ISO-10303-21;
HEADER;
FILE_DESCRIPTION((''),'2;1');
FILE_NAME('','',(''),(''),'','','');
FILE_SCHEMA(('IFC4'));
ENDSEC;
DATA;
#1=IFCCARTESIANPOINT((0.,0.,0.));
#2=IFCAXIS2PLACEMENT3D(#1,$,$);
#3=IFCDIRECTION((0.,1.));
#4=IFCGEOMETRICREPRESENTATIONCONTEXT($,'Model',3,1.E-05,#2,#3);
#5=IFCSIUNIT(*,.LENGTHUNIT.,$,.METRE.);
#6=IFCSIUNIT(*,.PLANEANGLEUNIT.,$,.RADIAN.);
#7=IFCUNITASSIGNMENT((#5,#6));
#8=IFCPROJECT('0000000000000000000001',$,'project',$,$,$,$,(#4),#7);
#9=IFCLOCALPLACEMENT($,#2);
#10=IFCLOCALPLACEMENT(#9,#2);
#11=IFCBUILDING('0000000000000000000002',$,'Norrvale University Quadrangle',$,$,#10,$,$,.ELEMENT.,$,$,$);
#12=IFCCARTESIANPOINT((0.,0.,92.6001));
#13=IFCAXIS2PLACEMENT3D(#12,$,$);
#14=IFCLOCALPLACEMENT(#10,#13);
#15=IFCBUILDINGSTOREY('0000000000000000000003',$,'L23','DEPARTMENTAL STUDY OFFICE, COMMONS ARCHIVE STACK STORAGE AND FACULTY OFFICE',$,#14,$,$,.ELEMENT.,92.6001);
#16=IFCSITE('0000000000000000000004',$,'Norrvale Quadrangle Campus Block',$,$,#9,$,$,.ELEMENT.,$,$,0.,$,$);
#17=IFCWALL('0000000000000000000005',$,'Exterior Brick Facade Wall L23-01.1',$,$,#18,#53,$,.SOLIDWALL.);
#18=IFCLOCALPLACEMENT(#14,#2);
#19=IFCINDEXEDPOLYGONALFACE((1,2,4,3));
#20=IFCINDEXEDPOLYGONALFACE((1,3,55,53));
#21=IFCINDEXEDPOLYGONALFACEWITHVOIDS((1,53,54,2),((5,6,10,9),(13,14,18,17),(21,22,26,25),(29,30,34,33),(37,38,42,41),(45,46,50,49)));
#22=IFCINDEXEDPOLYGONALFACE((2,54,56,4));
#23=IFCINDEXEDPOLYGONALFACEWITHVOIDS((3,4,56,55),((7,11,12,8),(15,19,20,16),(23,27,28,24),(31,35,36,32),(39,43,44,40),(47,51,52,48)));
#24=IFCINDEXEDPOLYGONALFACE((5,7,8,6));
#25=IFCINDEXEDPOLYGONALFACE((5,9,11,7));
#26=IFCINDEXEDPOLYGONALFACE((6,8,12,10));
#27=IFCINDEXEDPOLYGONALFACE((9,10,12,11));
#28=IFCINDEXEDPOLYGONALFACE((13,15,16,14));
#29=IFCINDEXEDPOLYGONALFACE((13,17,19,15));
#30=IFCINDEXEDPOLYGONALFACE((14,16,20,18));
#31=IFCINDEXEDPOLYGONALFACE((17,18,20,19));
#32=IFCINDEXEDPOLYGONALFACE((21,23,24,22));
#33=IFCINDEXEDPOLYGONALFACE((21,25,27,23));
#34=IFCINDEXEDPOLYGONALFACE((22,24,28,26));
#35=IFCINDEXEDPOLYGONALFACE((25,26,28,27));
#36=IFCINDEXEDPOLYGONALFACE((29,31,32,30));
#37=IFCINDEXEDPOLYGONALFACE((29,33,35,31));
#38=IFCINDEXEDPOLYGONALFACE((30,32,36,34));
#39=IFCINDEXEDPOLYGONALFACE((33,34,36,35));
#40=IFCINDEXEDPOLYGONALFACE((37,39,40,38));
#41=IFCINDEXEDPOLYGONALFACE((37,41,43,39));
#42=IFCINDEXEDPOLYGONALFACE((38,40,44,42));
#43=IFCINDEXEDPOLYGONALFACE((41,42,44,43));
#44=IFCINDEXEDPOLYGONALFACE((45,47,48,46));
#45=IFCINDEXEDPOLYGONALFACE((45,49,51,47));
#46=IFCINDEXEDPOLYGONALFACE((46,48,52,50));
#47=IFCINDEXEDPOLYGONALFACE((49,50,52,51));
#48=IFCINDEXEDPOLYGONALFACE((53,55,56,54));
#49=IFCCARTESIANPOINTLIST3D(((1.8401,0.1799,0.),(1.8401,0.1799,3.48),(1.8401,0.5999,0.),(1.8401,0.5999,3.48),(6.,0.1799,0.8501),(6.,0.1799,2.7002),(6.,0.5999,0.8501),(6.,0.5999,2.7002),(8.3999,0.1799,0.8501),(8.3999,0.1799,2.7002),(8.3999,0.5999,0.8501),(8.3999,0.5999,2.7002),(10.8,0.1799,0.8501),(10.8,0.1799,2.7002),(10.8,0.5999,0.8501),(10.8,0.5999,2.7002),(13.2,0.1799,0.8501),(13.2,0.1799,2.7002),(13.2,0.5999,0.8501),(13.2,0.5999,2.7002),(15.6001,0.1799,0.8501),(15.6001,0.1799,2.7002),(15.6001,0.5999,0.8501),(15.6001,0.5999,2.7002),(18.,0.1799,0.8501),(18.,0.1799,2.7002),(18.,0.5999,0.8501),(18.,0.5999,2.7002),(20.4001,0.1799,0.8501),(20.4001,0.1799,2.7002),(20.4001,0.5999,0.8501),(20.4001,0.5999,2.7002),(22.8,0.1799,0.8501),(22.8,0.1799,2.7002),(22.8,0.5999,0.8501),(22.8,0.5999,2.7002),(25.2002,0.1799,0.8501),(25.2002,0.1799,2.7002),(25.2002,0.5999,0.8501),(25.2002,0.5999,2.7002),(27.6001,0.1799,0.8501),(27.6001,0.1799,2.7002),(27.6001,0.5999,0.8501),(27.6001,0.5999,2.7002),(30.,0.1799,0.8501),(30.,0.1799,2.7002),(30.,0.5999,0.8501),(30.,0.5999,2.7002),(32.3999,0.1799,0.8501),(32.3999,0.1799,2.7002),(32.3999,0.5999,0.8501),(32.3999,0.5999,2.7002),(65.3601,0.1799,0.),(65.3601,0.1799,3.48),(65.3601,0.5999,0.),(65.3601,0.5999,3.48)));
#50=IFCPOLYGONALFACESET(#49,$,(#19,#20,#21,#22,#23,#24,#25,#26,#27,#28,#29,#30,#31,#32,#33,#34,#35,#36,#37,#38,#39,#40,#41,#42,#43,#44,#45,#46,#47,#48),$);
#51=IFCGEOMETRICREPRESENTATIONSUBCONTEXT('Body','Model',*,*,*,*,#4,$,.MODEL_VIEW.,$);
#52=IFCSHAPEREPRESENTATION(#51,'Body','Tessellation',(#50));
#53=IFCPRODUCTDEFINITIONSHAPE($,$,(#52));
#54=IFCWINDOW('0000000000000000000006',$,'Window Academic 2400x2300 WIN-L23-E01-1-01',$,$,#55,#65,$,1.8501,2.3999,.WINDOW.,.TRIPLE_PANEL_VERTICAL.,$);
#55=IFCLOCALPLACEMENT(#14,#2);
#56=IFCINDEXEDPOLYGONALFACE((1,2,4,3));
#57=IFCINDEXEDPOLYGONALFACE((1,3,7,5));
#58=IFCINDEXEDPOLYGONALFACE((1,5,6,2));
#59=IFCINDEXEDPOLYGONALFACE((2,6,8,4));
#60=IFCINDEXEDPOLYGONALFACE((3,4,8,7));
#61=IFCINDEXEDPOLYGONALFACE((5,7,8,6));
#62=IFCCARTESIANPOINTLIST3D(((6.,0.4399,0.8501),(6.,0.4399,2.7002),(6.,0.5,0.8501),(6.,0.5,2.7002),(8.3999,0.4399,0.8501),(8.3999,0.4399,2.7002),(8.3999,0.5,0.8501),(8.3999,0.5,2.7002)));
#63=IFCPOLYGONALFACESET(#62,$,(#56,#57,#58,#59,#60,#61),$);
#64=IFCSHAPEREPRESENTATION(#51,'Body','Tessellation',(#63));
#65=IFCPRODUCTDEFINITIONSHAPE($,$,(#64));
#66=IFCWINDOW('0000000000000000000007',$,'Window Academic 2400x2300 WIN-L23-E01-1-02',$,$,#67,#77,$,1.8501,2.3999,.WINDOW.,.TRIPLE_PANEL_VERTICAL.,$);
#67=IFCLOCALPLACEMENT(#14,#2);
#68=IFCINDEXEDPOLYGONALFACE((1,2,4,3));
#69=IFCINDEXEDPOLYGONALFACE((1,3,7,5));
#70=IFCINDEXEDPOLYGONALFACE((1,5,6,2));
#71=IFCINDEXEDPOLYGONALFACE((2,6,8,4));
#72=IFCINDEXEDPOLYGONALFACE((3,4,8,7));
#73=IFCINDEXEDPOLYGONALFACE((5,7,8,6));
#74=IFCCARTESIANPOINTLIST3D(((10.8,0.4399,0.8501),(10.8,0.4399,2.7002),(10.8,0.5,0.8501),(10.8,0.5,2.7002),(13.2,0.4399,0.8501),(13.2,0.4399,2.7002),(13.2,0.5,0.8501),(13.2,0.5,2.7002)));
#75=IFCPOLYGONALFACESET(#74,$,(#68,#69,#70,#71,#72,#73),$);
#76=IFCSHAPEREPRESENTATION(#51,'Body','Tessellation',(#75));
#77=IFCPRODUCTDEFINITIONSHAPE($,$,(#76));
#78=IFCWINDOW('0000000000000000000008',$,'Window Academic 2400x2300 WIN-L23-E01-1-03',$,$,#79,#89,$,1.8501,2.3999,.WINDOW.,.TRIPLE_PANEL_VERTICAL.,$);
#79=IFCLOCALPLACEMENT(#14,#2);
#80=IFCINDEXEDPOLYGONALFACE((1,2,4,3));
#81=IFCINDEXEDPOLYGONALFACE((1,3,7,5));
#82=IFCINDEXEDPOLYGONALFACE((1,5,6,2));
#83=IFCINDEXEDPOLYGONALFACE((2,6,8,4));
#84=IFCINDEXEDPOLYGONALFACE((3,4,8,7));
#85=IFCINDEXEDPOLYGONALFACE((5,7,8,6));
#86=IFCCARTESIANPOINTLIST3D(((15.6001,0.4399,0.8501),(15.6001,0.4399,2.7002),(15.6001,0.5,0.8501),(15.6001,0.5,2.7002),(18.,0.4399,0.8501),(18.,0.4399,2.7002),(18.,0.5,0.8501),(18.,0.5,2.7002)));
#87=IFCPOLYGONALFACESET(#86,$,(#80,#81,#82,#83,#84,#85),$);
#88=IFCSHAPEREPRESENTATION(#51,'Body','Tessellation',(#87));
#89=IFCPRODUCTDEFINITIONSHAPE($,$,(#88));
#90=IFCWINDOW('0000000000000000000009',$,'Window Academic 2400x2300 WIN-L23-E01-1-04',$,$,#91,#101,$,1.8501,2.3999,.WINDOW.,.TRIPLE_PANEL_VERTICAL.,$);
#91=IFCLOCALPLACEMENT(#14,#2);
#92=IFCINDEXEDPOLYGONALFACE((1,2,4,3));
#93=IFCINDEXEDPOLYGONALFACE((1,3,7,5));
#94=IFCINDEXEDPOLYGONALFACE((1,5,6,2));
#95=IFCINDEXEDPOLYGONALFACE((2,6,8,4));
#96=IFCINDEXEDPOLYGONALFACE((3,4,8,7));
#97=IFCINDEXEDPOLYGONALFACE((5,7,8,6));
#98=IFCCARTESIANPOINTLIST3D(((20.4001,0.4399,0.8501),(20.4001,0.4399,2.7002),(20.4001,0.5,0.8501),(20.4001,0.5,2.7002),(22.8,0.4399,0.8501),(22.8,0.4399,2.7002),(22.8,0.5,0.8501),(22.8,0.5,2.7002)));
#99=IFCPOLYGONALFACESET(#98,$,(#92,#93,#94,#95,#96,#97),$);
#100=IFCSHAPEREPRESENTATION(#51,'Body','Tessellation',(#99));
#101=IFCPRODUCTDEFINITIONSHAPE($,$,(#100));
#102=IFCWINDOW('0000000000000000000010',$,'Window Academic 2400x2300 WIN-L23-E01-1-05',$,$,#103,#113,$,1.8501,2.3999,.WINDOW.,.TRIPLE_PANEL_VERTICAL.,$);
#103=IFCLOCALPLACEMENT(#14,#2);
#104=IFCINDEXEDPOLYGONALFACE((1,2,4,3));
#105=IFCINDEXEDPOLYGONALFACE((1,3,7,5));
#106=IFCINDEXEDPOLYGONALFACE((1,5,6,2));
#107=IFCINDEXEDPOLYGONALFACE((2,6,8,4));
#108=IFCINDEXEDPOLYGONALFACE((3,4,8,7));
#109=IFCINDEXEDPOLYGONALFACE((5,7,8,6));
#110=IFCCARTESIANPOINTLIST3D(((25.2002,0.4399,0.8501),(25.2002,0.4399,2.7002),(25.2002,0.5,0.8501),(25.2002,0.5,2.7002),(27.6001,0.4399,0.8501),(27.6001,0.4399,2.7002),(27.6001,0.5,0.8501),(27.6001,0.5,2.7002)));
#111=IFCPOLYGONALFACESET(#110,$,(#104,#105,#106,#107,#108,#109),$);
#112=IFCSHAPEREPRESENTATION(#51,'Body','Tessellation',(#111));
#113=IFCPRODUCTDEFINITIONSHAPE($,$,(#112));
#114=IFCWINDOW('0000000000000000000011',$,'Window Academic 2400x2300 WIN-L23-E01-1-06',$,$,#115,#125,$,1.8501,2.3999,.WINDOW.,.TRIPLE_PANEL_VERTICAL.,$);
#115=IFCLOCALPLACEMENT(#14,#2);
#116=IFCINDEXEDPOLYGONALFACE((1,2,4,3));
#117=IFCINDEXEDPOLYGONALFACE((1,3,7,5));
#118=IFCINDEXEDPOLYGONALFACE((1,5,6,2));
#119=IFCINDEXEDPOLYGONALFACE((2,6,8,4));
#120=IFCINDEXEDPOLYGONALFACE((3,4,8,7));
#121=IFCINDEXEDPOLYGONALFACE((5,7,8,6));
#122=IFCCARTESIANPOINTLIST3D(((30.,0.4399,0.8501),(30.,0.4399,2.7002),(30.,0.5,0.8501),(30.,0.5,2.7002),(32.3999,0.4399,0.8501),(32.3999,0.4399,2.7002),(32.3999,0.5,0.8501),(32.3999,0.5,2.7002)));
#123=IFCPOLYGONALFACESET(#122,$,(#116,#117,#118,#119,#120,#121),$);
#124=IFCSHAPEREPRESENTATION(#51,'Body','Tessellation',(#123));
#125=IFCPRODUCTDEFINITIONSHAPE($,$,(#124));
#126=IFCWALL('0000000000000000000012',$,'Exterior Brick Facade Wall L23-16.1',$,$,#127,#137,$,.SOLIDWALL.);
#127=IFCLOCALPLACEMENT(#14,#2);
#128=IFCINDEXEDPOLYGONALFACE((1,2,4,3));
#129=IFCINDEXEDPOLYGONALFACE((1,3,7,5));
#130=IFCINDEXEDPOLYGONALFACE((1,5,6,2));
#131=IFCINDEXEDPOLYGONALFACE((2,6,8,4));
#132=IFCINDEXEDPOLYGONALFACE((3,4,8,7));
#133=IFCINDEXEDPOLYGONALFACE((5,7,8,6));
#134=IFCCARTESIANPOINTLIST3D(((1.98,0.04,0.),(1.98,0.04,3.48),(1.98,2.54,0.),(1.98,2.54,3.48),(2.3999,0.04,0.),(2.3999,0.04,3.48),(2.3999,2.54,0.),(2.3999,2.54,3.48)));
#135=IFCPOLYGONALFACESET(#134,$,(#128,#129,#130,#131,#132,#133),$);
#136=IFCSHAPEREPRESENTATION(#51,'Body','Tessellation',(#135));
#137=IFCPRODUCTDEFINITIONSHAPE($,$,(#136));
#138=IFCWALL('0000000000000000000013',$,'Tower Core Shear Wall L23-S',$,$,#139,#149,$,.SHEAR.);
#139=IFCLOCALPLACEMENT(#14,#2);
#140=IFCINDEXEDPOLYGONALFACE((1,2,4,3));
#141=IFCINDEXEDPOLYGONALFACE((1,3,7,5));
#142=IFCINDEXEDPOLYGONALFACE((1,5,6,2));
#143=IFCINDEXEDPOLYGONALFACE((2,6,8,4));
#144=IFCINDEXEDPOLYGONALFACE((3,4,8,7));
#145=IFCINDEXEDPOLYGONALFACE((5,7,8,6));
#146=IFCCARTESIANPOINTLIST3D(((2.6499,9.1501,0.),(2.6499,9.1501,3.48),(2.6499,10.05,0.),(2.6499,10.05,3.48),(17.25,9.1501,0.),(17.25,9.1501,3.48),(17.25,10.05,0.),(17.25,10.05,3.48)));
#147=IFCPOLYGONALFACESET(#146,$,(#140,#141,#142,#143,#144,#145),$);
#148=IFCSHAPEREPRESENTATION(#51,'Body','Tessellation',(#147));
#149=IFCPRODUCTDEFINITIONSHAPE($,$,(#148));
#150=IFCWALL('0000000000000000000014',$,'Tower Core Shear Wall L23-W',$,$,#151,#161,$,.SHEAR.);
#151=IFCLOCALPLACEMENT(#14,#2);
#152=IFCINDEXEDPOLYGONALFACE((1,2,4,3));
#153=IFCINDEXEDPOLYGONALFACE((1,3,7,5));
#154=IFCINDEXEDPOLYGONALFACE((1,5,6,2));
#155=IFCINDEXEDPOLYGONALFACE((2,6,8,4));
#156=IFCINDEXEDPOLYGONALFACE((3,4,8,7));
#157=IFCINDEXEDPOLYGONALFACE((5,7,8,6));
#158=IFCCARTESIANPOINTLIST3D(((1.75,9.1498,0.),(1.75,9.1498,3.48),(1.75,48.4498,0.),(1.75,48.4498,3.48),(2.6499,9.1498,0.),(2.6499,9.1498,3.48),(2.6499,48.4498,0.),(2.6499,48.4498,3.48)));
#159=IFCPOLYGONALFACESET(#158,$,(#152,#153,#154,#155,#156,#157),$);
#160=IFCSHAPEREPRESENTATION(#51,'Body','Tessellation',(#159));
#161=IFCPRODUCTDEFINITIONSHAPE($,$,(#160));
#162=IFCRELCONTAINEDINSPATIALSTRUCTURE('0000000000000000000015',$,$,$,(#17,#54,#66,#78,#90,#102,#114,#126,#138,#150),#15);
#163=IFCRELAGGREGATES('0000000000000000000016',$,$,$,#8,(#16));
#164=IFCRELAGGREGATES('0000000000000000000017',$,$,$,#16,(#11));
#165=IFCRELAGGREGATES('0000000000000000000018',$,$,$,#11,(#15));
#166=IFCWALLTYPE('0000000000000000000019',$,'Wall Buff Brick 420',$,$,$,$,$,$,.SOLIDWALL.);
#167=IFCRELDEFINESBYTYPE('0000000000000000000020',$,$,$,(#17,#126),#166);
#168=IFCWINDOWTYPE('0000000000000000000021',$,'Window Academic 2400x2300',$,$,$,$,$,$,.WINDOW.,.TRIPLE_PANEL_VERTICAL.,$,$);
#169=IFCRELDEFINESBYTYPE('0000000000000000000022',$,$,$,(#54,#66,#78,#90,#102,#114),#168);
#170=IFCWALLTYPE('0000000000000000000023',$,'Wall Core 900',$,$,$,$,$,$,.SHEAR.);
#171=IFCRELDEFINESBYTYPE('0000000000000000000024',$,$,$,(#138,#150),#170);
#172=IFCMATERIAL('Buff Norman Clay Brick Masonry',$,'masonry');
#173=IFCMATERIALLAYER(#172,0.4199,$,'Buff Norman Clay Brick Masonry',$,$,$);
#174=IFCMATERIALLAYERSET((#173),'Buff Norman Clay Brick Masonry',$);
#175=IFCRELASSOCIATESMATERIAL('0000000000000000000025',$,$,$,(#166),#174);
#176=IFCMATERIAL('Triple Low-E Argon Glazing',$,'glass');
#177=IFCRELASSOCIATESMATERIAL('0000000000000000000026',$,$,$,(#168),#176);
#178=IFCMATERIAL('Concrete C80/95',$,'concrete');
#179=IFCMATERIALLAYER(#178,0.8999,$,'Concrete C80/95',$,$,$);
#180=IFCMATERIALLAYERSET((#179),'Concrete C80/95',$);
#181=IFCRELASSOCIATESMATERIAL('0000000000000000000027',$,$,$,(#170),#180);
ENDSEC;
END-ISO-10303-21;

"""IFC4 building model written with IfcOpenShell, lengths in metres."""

from ifc_helpers import new_model, si_unit, direction, frame, frame_2d, origin, place, context, subcontext, project, spatial, rectangle, extrude, material, layer, layer_set, type_object, element, fill, save


model = new_model("IFC4")

# Units and contexts
model_context = context("Model", 3, precision=1e-05, world=origin(), true_north=direction((0.0, 1.0)))
body_context = subcontext(model_context, "Body", "Model", "MODEL_VIEW")
ifc_project = project(units=[si_unit("LENGTHUNIT", "METRE"), si_unit("PLANEANGLEUNIT", "RADIAN")], contexts=[model_context])

# Site, building, storey
site_placement = place(None, origin())
site = spatial("IfcSite", under=ifc_project, at=site_placement, Name="Norrvale Quadrangle Campus Block", CompositionType="ELEMENT", RefElevation=0.0)
building_placement = place(site_placement, origin())
building = spatial("IfcBuilding", under=site, at=building_placement, Name="Norrvale University Quadrangle", CompositionType="ELEMENT")
storey_placement = place(building_placement, frame((0.0, 0.0, 92.6001)))
storey = spatial("IfcBuildingStorey", under=building, at=storey_placement, Name="L23", Description="DEPARTMENTAL STUDY OFFICE, COMMONS ARCHIVE STACK STORAGE AND FACULTY OFFICE", CompositionType="ELEMENT", Elevation=92.6001)

# Shared definitions
ifc_material_1 = material(Name="Concrete C80/95", Category="concrete")

# Wall, openings, windows
ifc_material_2 = material(Name="Buff Norman Clay Brick Masonry", Category="masonry")
ifc_layer_1 = layer(ifc_material_2, 0.4199, Name="Buff Norman Clay Brick Masonry")
ifc_layer_set_1 = layer_set([ifc_layer_1], Name="Buff Norman Clay Brick Masonry")
wall_type_1 = type_object("IfcWallType", Name="Wall Buff Brick 420", PredefinedType="SOLIDWALL", material=ifc_layer_set_1)
wall_1_placement = place(storey_placement, frame((1.8401, 0.3899, 0.0), z_axis=(0.0, 0.0, 1.0), x_axis=(1.0, 0.0, 0.0)))
wall_1 = element("IfcWall", 1, at=wall_1_placement, inside=storey, type_object=wall_type_1, Name="Exterior Brick Facade Wall L23-01.1", PredefinedType="SOLIDWALL", context=body_context, shape_type="SweptSolid", body=[
    extrude(rectangle(XDim=63.52, YDim=0.4199, at=frame_2d((31.76, 0.0))), origin(), (0.0, 0.0, 1.0), 3.48),
])
opening_1_placement = place(wall_1_placement, frame((4.1599, 0.0, 0.8501)))
opening_1 = element("IfcOpeningElement", 2, at=opening_1_placement, cuts=wall_1, PredefinedType="OPENING", context=body_context, shape_type="SweptSolid", body=[
    extrude(rectangle(XDim=2.3999, YDim=1.8501, at=frame_2d((1.2, 0.925))), frame((0.0, 0.2219, 0.0), z_axis=(0.0, -1.0, 0.0), x_axis=(1.0, 0.0, 0.0)), (0.0, 0.0, 1.0), 0.4438),
])
opening_2_placement = place(wall_1_placement, frame((8.96, 0.0, 0.8501)))
opening_2 = element("IfcOpeningElement", 3, at=opening_2_placement, cuts=wall_1, PredefinedType="OPENING", context=body_context, shape_type="SweptSolid", body=[
    extrude(rectangle(XDim=2.3999, YDim=1.8501, at=frame_2d((1.2, 0.925))), frame((0.0, 0.2219, 0.0), z_axis=(0.0, -1.0, 0.0), x_axis=(1.0, 0.0, 0.0)), (0.0, 0.0, 1.0), 0.4438),
])
opening_3_placement = place(wall_1_placement, frame((13.76, 0.0, 0.8501)))
opening_3 = element("IfcOpeningElement", 4, at=opening_3_placement, cuts=wall_1, PredefinedType="OPENING", context=body_context, shape_type="SweptSolid", body=[
    extrude(rectangle(XDim=2.3999, YDim=1.8501, at=frame_2d((1.2, 0.925))), frame((0.0, 0.2219, 0.0), z_axis=(0.0, -1.0, 0.0), x_axis=(1.0, 0.0, 0.0)), (0.0, 0.0, 1.0), 0.4438),
])
opening_4_placement = place(wall_1_placement, frame((18.5601, 0.0, 0.8501)))
opening_4 = element("IfcOpeningElement", 5, at=opening_4_placement, cuts=wall_1, PredefinedType="OPENING", context=body_context, shape_type="SweptSolid", body=[
    extrude(rectangle(XDim=2.3999, YDim=1.8501, at=frame_2d((1.2, 0.925))), frame((0.0, 0.2219, 0.0), z_axis=(0.0, -1.0, 0.0), x_axis=(1.0, 0.0, 0.0)), (0.0, 0.0, 1.0), 0.4438),
])
opening_5_placement = place(wall_1_placement, frame((23.3601, 0.0, 0.8501)))
opening_5 = element("IfcOpeningElement", 6, at=opening_5_placement, cuts=wall_1, PredefinedType="OPENING", context=body_context, shape_type="SweptSolid", body=[
    extrude(rectangle(XDim=2.3999, YDim=1.8501, at=frame_2d((1.2, 0.925))), frame((0.0, 0.2219, 0.0), z_axis=(0.0, -1.0, 0.0), x_axis=(1.0, 0.0, 0.0)), (0.0, 0.0, 1.0), 0.4438),
])
opening_6_placement = place(wall_1_placement, frame((28.1599, 0.0, 0.8501)))
opening_6 = element("IfcOpeningElement", 7, at=opening_6_placement, cuts=wall_1, PredefinedType="OPENING", context=body_context, shape_type="SweptSolid", body=[
    extrude(rectangle(XDim=2.3999, YDim=1.8501, at=frame_2d((1.2, 0.925))), frame((0.0, 0.2219, 0.0), z_axis=(0.0, -1.0, 0.0), x_axis=(1.0, 0.0, 0.0)), (0.0, 0.0, 1.0), 0.4438),
])
ifc_material_3 = material(Name="Triple Low-E Argon Glazing", Category="glass")
window_type = type_object("IfcWindowType", Name="Window Academic 2400x2300", PartitioningType="TRIPLE_PANEL_VERTICAL", PredefinedType="WINDOW", material=ifc_material_3)
window_1_placement = place(opening_1_placement, origin())
window_1 = element("IfcWindow", 8, at=window_1_placement, inside=storey, type_object=window_type, Name="Window Academic 2400x2300 WIN-L23-E01-1-01", OverallHeight=1.8501, OverallWidth=2.3999, PartitioningType="TRIPLE_PANEL_VERTICAL", PredefinedType="WINDOW", context=body_context, shape_type="SweptSolid", body=[
    extrude(rectangle(XDim=2.3999, YDim=1.8501, at=frame_2d((1.2, 0.925))), frame((0.0, 0.1101, 0.0), z_axis=(0.0, -1.0, 0.0), x_axis=(1.0, 0.0, 0.0)), (0.0, 0.0, 1.0), 0.0601),
])
fill(opening_1, window_1)
window_2_placement = place(opening_2_placement, origin())
window_2 = element("IfcWindow", 9, at=window_2_placement, inside=storey, type_object=window_type, Name="Window Academic 2400x2300 WIN-L23-E01-1-02", OverallHeight=1.8501, OverallWidth=2.3999, PartitioningType="TRIPLE_PANEL_VERTICAL", PredefinedType="WINDOW", context=body_context, shape_type="SweptSolid", body=[
    extrude(rectangle(XDim=2.3999, YDim=1.8501, at=frame_2d((1.2, 0.925))), frame((0.0, 0.1101, 0.0), z_axis=(0.0, -1.0, 0.0), x_axis=(1.0, 0.0, 0.0)), (0.0, 0.0, 1.0), 0.0601),
])
fill(opening_2, window_2)
window_3_placement = place(opening_3_placement, origin())
window_3 = element("IfcWindow", 10, at=window_3_placement, inside=storey, type_object=window_type, Name="Window Academic 2400x2300 WIN-L23-E01-1-03", OverallHeight=1.8501, OverallWidth=2.3999, PartitioningType="TRIPLE_PANEL_VERTICAL", PredefinedType="WINDOW", context=body_context, shape_type="SweptSolid", body=[
    extrude(rectangle(XDim=2.3999, YDim=1.8501, at=frame_2d((1.2, 0.925))), frame((0.0, 0.1101, 0.0), z_axis=(0.0, -1.0, 0.0), x_axis=(1.0, 0.0, 0.0)), (0.0, 0.0, 1.0), 0.0601),
])
fill(opening_3, window_3)
window_4_placement = place(opening_4_placement, origin())
window_4 = element("IfcWindow", 11, at=window_4_placement, inside=storey, type_object=window_type, Name="Window Academic 2400x2300 WIN-L23-E01-1-04", OverallHeight=1.8501, OverallWidth=2.3999, PartitioningType="TRIPLE_PANEL_VERTICAL", PredefinedType="WINDOW", context=body_context, shape_type="SweptSolid", body=[
    extrude(rectangle(XDim=2.3999, YDim=1.8501, at=frame_2d((1.2, 0.925))), frame((0.0, 0.1101, 0.0), z_axis=(0.0, -1.0, 0.0), x_axis=(1.0, 0.0, 0.0)), (0.0, 0.0, 1.0), 0.0601),
])
fill(opening_4, window_4)
window_5_placement = place(opening_5_placement, origin())
window_5 = element("IfcWindow", 12, at=window_5_placement, inside=storey, type_object=window_type, Name="Window Academic 2400x2300 WIN-L23-E01-1-05", OverallHeight=1.8501, OverallWidth=2.3999, PartitioningType="TRIPLE_PANEL_VERTICAL", PredefinedType="WINDOW", context=body_context, shape_type="SweptSolid", body=[
    extrude(rectangle(XDim=2.3999, YDim=1.8501, at=frame_2d((1.2, 0.925))), frame((0.0, 0.1101, 0.0), z_axis=(0.0, -1.0, 0.0), x_axis=(1.0, 0.0, 0.0)), (0.0, 0.0, 1.0), 0.0601),
])
fill(opening_5, window_5)
window_6_placement = place(opening_6_placement, origin())
window_6 = element("IfcWindow", 13, at=window_6_placement, inside=storey, type_object=window_type, Name="Window Academic 2400x2300 WIN-L23-E01-1-06", OverallHeight=1.8501, OverallWidth=2.3999, PartitioningType="TRIPLE_PANEL_VERTICAL", PredefinedType="WINDOW", context=body_context, shape_type="SweptSolid", body=[
    extrude(rectangle(XDim=2.3999, YDim=1.8501, at=frame_2d((1.2, 0.925))), frame((0.0, 0.1101, 0.0), z_axis=(0.0, -1.0, 0.0), x_axis=(1.0, 0.0, 0.0)), (0.0, 0.0, 1.0), 0.0601),
])
fill(opening_6, window_6)

# Walls
wall_2_placement = place(storey_placement, frame((2.1899, 2.54, 0.0), z_axis=(0.0, 0.0, 1.0), x_axis=(0.0, -1.0, 0.0)))
element("IfcWall", 14, at=wall_2_placement, inside=storey, type_object=wall_type_1, Name="Exterior Brick Facade Wall L23-16.1", PredefinedType="SOLIDWALL", context=body_context, shape_type="SweptSolid", body=[
    extrude(rectangle(XDim=2.5, YDim=0.4199, at=frame_2d((1.25, 0.0))), origin(), (0.0, 0.0, 1.0), 3.48),
])
ifc_layer_2 = layer(ifc_material_1, 0.8999, Name="Concrete C80/95")
ifc_layer_set_2 = layer_set([ifc_layer_2], Name="Concrete C80/95")
wall_type_2 = type_object("IfcWallType", Name="Wall Core 900", PredefinedType="SHEAR", material=ifc_layer_set_2)
wall_3_placement = place(storey_placement, frame((2.6499, 9.6001, 0.0), z_axis=(0.0, 0.0, 1.0), x_axis=(1.0, 0.0, 0.0)))
element("IfcWall", 15, at=wall_3_placement, inside=storey, type_object=wall_type_2, Name="Tower Core Shear Wall L23-S", PredefinedType="SHEAR", context=body_context, shape_type="SweptSolid", body=[
    extrude(rectangle(XDim=14.6001, YDim=0.8999, at=frame_2d((7.3, 0.0))), origin(), (0.0, 0.0, 1.0), 3.48),
])
wall_4_placement = place(storey_placement, frame((2.2, 9.1499, 0.0), z_axis=(0.0, 0.0, 1.0), x_axis=(0.0, 1.0, 0.0)))
element("IfcWall", 16, at=wall_4_placement, inside=storey, type_object=wall_type_2, Name="Tower Core Shear Wall L23-W", PredefinedType="SHEAR", context=body_context, shape_type="SweptSolid", body=[
    extrude(rectangle(XDim=39.3, YDim=0.8999, at=frame_2d((19.6499, 0.0))), origin(), (0.0, 0.0, 1.0), 3.48),
])

save(model, "model.ifc")
